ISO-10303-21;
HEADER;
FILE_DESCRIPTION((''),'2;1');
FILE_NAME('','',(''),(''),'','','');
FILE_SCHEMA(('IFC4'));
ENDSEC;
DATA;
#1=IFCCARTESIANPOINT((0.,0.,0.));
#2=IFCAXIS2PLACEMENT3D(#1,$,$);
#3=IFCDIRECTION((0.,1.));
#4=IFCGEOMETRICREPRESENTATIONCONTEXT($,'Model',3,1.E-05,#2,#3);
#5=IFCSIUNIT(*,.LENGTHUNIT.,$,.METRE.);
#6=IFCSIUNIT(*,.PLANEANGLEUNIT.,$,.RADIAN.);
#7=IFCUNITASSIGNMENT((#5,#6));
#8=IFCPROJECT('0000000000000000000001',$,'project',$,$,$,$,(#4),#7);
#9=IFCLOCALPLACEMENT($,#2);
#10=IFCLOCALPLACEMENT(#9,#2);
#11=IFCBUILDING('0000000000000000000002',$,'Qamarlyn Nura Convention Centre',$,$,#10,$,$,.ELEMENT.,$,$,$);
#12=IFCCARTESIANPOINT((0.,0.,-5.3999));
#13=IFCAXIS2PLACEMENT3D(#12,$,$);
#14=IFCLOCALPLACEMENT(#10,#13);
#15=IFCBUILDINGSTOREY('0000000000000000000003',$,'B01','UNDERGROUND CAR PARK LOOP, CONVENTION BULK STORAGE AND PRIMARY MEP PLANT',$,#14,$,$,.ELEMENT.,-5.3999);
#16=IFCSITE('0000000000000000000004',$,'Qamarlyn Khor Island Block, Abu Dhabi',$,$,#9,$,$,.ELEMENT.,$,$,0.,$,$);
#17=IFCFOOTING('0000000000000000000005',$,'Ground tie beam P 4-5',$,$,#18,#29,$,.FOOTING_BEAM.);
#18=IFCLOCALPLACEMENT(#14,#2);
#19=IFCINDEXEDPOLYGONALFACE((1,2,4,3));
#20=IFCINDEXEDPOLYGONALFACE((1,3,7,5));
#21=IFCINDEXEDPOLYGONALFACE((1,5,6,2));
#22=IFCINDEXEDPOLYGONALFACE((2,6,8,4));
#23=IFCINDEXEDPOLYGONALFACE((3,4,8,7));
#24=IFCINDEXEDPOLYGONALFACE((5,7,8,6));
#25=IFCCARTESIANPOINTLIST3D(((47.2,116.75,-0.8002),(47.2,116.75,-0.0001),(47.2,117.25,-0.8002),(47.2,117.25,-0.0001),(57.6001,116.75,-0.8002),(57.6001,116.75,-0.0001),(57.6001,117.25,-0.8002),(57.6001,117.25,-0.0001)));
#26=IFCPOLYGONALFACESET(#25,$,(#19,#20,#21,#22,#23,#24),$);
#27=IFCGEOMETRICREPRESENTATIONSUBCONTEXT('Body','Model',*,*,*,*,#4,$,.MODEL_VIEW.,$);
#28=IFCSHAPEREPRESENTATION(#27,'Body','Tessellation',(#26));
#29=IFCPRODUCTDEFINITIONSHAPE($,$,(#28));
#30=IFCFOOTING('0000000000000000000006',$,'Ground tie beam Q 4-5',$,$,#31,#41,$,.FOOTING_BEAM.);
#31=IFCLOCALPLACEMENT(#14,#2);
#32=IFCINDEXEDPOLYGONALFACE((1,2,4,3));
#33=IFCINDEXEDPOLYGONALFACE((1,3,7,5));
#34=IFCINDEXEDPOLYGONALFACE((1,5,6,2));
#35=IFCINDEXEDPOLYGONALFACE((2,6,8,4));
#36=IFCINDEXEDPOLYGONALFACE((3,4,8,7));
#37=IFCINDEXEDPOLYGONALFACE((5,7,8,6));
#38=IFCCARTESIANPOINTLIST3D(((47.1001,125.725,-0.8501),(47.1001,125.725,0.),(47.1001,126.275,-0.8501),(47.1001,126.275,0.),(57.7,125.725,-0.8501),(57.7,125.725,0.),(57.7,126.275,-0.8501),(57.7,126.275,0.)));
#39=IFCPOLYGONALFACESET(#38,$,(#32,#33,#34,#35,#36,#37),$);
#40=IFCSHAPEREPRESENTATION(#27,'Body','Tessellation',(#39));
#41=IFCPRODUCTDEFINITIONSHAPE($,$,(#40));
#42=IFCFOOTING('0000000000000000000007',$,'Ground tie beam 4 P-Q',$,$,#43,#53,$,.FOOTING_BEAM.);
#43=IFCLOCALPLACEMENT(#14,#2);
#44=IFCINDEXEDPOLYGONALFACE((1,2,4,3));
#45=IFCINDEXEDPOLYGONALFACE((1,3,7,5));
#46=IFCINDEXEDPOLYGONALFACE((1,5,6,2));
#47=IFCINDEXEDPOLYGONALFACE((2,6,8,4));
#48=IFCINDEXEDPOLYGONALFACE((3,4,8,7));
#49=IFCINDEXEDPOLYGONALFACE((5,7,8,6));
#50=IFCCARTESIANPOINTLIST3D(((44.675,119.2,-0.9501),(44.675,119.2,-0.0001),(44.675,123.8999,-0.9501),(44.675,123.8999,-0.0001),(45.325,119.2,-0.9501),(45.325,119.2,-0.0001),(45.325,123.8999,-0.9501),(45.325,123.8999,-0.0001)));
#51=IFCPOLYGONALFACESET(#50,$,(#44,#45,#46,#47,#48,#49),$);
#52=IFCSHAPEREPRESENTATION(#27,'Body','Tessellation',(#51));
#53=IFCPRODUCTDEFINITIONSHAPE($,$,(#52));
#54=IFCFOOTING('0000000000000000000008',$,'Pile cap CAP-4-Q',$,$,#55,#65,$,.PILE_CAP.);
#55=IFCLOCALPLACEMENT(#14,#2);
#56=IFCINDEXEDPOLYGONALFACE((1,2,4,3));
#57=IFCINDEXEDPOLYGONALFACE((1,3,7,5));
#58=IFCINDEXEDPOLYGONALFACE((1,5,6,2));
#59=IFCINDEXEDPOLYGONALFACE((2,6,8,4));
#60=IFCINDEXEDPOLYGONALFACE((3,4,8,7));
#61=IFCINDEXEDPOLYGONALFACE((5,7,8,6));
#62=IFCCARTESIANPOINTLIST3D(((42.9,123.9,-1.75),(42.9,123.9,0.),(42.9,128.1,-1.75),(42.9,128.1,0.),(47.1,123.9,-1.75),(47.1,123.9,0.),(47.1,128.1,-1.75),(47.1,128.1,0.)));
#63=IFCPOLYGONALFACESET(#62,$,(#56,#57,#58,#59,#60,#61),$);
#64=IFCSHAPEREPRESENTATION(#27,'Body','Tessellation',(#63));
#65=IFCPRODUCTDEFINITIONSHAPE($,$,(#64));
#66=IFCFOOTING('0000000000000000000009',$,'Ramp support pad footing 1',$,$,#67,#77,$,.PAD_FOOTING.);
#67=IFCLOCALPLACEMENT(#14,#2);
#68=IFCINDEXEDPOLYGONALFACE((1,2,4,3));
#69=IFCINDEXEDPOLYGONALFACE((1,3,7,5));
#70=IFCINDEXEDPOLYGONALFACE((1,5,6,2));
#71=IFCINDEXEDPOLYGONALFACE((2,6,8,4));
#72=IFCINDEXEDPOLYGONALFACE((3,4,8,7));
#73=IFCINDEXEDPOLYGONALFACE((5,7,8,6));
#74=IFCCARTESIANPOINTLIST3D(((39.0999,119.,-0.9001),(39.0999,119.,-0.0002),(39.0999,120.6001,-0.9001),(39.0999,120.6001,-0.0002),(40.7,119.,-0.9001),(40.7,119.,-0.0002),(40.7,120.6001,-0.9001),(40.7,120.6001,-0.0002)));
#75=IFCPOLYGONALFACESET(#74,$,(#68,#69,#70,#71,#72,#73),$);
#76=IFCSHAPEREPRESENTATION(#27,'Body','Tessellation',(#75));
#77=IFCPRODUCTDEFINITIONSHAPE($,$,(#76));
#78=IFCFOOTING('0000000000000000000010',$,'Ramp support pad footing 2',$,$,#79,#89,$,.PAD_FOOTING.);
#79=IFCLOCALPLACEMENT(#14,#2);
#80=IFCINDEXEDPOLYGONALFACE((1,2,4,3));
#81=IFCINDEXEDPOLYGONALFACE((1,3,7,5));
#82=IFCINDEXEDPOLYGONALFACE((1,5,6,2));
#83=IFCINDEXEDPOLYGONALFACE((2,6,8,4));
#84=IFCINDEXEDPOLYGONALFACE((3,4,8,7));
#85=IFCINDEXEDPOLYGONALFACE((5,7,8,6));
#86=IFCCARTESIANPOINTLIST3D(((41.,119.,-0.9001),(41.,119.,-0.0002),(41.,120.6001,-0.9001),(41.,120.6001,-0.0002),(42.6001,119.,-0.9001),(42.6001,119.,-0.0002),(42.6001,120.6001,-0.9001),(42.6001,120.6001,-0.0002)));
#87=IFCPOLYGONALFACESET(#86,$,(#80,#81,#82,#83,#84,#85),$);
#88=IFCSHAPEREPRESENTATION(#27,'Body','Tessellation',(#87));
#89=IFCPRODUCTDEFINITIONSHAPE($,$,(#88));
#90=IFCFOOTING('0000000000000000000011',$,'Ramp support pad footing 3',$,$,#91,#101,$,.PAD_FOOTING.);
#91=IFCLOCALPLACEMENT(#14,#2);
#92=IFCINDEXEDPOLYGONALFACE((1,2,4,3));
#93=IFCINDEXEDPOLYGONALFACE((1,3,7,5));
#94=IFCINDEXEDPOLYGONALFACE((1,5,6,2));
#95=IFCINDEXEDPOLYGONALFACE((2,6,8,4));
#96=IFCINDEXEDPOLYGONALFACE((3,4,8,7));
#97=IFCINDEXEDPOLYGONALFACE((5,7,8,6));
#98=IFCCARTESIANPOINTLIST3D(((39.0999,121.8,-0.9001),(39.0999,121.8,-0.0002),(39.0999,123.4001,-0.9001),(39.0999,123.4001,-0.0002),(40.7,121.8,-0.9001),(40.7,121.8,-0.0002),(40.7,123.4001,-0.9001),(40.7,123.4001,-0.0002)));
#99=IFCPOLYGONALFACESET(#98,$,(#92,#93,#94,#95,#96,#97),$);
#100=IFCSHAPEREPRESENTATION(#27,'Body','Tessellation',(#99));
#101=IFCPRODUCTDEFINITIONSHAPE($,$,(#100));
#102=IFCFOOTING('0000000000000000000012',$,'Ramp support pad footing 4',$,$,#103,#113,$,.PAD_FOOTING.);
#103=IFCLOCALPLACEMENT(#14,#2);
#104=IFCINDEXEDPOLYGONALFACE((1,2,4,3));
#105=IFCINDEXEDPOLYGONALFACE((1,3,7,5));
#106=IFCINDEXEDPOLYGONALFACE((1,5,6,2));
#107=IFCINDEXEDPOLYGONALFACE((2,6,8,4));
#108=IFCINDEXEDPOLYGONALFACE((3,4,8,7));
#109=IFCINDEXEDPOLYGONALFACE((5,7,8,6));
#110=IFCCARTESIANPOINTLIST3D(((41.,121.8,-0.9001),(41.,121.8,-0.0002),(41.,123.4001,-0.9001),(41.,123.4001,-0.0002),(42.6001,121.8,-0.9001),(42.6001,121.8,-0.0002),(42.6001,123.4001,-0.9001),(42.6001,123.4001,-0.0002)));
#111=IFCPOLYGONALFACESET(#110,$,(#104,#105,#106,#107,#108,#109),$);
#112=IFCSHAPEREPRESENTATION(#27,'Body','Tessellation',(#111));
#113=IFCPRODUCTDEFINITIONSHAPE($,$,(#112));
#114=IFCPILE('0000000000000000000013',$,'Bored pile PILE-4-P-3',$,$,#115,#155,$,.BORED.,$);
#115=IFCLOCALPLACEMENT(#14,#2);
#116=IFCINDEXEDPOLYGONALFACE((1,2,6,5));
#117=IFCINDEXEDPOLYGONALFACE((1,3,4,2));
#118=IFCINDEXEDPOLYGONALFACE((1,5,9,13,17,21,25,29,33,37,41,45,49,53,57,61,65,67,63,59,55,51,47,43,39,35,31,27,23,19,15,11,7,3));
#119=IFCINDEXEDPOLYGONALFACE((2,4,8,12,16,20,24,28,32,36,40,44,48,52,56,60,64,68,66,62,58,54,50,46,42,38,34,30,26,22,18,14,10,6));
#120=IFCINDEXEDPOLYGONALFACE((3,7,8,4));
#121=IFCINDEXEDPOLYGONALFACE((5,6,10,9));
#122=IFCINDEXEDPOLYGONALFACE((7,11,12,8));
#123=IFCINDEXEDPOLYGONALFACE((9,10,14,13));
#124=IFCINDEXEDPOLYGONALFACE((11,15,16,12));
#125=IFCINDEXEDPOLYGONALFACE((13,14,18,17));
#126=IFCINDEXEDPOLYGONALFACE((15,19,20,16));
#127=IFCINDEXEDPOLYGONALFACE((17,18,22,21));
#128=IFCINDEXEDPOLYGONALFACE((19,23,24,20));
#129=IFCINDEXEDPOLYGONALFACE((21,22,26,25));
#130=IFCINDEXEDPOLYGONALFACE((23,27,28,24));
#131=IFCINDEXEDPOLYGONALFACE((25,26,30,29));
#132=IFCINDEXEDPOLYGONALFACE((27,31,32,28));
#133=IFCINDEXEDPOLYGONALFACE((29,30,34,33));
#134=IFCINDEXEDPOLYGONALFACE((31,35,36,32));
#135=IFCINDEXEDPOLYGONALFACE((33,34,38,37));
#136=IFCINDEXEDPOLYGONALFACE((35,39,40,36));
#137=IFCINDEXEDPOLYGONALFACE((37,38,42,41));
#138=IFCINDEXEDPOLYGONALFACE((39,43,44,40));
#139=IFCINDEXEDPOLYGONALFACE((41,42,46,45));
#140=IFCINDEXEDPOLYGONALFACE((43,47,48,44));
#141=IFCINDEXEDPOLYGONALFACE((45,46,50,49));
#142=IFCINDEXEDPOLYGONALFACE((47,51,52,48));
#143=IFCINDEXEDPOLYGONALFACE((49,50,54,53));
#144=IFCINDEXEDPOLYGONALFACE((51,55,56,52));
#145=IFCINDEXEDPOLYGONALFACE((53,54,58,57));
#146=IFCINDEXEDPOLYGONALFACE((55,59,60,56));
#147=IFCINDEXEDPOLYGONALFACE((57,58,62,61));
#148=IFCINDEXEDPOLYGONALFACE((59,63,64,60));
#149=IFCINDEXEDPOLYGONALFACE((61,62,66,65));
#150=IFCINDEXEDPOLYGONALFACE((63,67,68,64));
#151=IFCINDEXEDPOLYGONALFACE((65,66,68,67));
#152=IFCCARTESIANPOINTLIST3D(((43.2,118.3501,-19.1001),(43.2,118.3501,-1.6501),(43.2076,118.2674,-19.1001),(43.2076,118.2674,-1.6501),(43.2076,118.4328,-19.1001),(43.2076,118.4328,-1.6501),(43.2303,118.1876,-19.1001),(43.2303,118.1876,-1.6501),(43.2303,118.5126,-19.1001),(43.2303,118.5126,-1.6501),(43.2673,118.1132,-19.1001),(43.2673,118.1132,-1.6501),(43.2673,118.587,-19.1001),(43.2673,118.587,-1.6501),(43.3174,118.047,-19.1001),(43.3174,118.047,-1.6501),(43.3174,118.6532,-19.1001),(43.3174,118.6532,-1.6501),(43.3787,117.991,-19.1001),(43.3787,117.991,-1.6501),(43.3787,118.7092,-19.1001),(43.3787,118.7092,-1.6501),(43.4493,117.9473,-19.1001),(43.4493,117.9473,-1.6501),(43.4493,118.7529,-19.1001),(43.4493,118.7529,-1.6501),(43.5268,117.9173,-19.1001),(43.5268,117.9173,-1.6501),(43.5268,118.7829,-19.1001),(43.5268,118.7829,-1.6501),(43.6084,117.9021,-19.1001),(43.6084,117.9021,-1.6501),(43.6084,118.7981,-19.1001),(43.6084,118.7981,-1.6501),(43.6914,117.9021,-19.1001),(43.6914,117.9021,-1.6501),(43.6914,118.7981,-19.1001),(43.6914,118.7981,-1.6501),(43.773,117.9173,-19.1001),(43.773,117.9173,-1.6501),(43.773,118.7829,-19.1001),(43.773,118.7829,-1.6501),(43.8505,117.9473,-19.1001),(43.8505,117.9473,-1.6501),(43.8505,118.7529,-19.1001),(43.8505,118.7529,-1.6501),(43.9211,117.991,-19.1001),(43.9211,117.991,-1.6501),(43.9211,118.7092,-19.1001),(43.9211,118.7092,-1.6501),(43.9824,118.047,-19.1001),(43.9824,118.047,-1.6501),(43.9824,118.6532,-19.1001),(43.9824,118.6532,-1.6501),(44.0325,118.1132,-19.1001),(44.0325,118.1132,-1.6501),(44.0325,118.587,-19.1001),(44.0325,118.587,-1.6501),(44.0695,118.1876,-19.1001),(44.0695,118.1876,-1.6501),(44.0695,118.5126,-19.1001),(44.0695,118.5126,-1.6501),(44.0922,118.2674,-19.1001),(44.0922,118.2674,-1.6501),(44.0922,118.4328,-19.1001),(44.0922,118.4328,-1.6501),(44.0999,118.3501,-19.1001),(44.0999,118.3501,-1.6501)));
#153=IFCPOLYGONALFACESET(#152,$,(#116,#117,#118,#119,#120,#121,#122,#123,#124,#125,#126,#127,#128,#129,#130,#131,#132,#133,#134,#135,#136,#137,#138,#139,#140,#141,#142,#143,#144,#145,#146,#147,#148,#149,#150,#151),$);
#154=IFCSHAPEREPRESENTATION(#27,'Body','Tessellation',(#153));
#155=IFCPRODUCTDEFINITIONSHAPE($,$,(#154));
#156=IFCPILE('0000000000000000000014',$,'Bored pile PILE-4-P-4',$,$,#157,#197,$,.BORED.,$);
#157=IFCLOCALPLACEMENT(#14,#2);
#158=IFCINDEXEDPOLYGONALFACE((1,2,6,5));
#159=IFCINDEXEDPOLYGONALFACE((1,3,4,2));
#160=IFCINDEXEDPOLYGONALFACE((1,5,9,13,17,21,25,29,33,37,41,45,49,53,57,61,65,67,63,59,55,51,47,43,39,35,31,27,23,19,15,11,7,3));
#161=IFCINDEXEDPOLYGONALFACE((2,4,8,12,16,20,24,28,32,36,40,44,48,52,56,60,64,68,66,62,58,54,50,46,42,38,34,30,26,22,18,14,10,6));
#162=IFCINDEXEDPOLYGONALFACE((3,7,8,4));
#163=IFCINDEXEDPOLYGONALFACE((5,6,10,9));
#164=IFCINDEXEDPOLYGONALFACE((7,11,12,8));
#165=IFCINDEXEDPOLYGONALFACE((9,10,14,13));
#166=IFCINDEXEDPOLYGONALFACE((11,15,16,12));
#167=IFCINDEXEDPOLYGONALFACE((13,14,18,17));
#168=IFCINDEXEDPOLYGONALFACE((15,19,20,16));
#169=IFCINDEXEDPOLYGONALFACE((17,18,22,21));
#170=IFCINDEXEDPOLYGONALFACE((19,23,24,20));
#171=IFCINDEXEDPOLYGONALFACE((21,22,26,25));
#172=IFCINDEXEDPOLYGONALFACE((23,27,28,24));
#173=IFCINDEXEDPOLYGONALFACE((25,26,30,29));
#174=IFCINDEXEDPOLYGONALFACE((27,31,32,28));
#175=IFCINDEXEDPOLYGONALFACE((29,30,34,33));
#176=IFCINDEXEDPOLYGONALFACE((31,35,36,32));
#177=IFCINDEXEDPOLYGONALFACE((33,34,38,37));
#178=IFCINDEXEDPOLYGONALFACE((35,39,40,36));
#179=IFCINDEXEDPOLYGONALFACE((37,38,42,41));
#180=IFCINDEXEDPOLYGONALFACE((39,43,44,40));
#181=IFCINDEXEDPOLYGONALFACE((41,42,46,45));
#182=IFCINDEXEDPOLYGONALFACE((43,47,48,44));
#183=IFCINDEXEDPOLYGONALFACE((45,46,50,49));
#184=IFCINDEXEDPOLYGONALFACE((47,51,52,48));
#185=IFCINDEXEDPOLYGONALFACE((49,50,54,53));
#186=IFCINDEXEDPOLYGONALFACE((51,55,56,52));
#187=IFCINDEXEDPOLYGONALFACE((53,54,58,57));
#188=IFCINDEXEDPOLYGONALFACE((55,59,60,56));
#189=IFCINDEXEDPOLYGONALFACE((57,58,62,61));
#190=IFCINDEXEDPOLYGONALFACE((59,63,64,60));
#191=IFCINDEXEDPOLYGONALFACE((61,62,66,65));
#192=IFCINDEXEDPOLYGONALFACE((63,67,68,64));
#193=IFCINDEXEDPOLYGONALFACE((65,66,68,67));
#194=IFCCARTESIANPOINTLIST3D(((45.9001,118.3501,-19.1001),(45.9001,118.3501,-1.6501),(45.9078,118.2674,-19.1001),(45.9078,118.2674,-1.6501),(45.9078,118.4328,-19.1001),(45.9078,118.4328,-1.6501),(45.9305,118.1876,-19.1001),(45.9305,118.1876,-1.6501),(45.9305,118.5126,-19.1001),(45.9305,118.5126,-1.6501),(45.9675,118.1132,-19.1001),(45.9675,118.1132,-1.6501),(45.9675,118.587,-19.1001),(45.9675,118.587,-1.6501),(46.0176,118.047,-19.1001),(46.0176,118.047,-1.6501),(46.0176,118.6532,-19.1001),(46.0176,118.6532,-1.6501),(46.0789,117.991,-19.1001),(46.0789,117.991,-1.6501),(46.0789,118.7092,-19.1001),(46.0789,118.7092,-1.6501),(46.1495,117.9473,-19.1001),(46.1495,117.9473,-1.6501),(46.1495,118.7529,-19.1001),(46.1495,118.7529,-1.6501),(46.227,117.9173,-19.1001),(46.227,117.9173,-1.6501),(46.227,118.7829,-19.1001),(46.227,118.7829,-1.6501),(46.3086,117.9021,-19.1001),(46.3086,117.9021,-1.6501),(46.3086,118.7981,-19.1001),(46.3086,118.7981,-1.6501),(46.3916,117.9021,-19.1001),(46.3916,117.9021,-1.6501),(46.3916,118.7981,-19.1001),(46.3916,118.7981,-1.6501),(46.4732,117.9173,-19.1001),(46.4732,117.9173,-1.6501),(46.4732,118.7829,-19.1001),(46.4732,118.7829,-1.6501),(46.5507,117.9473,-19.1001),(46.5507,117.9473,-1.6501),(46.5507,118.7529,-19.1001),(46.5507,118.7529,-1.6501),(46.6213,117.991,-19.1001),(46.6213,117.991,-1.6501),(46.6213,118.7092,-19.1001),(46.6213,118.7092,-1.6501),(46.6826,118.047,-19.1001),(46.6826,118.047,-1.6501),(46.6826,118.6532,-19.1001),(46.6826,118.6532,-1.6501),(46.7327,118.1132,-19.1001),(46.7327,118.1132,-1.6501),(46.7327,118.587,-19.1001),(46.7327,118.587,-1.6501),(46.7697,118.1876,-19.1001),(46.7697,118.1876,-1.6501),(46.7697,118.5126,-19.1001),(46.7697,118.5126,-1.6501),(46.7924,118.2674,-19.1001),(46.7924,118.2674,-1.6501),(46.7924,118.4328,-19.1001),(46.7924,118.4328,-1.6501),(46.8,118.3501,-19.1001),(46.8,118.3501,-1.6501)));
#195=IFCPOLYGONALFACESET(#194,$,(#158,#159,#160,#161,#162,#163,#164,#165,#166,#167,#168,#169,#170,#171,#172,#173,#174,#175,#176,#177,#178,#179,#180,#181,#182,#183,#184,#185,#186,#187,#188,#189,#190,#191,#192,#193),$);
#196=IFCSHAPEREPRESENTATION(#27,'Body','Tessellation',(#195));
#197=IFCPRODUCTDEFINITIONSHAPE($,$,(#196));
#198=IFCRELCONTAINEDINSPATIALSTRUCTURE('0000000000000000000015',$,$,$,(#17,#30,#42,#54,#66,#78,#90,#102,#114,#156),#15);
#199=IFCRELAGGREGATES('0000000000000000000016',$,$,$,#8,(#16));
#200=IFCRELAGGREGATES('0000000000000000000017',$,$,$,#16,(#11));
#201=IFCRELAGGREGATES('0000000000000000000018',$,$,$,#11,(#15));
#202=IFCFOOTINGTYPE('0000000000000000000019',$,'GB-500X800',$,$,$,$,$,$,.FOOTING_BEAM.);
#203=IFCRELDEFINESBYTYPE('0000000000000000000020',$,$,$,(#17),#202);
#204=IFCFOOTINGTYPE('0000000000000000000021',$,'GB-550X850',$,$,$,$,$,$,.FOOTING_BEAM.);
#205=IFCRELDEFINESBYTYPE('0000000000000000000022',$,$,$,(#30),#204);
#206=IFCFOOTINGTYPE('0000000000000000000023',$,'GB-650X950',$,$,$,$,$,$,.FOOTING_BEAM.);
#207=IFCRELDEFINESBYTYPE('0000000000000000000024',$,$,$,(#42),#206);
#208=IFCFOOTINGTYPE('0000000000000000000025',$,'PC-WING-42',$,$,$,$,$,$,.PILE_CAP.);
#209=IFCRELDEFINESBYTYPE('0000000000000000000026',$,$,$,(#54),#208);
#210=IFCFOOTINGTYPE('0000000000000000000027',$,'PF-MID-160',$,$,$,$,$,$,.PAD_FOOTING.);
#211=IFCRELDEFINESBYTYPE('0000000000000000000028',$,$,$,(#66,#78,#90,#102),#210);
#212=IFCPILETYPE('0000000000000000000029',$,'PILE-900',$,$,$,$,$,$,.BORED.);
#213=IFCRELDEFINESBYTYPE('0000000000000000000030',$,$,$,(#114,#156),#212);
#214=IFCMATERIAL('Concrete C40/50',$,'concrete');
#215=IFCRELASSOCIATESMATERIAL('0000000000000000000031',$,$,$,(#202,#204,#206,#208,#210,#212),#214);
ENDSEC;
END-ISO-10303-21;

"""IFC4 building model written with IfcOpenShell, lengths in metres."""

from ifc_helpers import new_model, si_unit, direction, frame, origin, origin_2d, place, context, subcontext, project, spatial, rectangle, circle, extrude, material, material_profile, profile_set, type_object, element, save


model = new_model("IFC4")

# Units and contexts
model_context = context("Model", 3, precision=1e-05, world=origin(), true_north=direction((0.0, 1.0)))
body_context = subcontext(model_context, "Body", "Model", "MODEL_VIEW")
ifc_project = project(units=[si_unit("LENGTHUNIT", "METRE"), si_unit("PLANEANGLEUNIT", "RADIAN")], contexts=[model_context])

# Site, building, storey
site_placement = place(None, origin())
site = spatial("IfcSite", under=ifc_project, at=site_placement, Name="Qamarlyn Khor Island Block, Abu Dhabi", CompositionType="ELEMENT", RefElevation=0.0)
building_placement = place(site_placement, origin())
building = spatial("IfcBuilding", under=site, at=building_placement, Name="Qamarlyn Nura Convention Centre", CompositionType="ELEMENT")
storey_placement = place(building_placement, frame((0.0, 0.0, -5.3999)))
storey = spatial("IfcBuildingStorey", under=building, at=storey_placement, Name="B01", Description="UNDERGROUND CAR PARK LOOP, CONVENTION BULK STORAGE AND PRIMARY MEP PLANT", CompositionType="ELEMENT", Elevation=-5.3999)

# Footings
ifc_material_1 = material(Name="Concrete C40/50", Category="concrete")
ifc_material_profile_1 = material_profile(ifc_material_1, rectangle(XDim=0.5, YDim=0.8, at=origin_2d()), Name="RC GB 500x800")
ifc_profile_set_1 = profile_set([ifc_material_profile_1], Name="Concrete C40/50")
footing_type_1 = type_object("IfcFootingType", Name="GB-500X800", PredefinedType="FOOTING_BEAM", material=ifc_profile_set_1)
footing_1_placement = place(storey_placement, frame((47.2, 117.0, -0.4001), z_axis=(1.0, 0.0, 0.0), x_axis=(0.0, 1.0, 0.0)))
element("IfcFooting", 1, at=footing_1_placement, inside=storey, type_object=footing_type_1, Name="Ground tie beam P 4-5", PredefinedType="FOOTING_BEAM", context=body_context, shape_type="SweptSolid", body=[
    extrude(rectangle(XDim=0.5, YDim=0.8, at=origin_2d()), origin(), (0.0, 0.0, 1.0), 10.4001),
])
ifc_material_profile_2 = material_profile(ifc_material_1, rectangle(XDim=0.55, YDim=0.8501, at=origin_2d()), Name="RC GB 550x850")
ifc_profile_set_2 = profile_set([ifc_material_profile_2], Name="Concrete C40/50")
footing_type_2 = type_object("IfcFootingType", Name="GB-550X850", PredefinedType="FOOTING_BEAM", material=ifc_profile_set_2)
footing_2_placement = place(storey_placement, frame((47.1001, 126.0, -0.425), z_axis=(1.0, 0.0, 0.0), x_axis=(0.0, 1.0, 0.0)))
element("IfcFooting", 2, at=footing_2_placement, inside=storey, type_object=footing_type_2, Name="Ground tie beam Q 4-5", PredefinedType="FOOTING_BEAM", context=body_context, shape_type="SweptSolid", body=[
    extrude(rectangle(XDim=0.55, YDim=0.8501, at=origin_2d()), origin(), (0.0, 0.0, 1.0), 10.5999),
])
ifc_material_profile_3 = material_profile(ifc_material_1, rectangle(XDim=0.6499, YDim=0.95, at=origin_2d()), Name="RC GB 650x950")
ifc_profile_set_3 = profile_set([ifc_material_profile_3], Name="Concrete C40/50")
footing_type_3 = type_object("IfcFootingType", Name="GB-650X950", PredefinedType="FOOTING_BEAM", material=ifc_profile_set_3)
footing_3_placement = place(storey_placement, frame((45.0, 119.2, -0.4751), z_axis=(0.0, 1.0, 0.0), x_axis=(-1.0, 0.0, 0.0)))
element("IfcFooting", 3, at=footing_3_placement, inside=storey, type_object=footing_type_3, Name="Ground tie beam 4 P-Q", PredefinedType="FOOTING_BEAM", context=body_context, shape_type="SweptSolid", body=[
    extrude(rectangle(XDim=0.6499, YDim=0.95, at=origin_2d()), origin(), (0.0, 0.0, 1.0), 4.7),
])
footing_type_4 = type_object("IfcFootingType", Name="PC-WING-42", PredefinedType="PILE_CAP", material=ifc_material_1)
footing_4_placement = place(storey_placement, frame((45.0, 126.0, -1.75), z_axis=(0.0, 0.0, 1.0), x_axis=(1.0, 0.0, 0.0)))
element("IfcFooting", 4, at=footing_4_placement, inside=storey, type_object=footing_type_4, Name="Pile cap CAP-4-Q", PredefinedType="PILE_CAP", context=body_context, shape_type="SweptSolid", body=[
    extrude(rectangle(XDim=4.2, YDim=4.2, at=origin_2d()), origin(), (0.0, 0.0, 1.0), 1.75),
])
footing_type_5 = type_object("IfcFootingType", Name="PF-MID-160", PredefinedType="PAD_FOOTING", material=ifc_material_1)
for number, where, z_axis, x_axis, name in (
    (5, (39.8999, 119.8, -0.9001), (0.0, 0.0, 1.0), (1.0, 0.0, 0.0), "Ramp support pad footing 1"),
    (6, (41.8, 119.8, -0.9001), (0.0, 0.0, 1.0), (1.0, 0.0, 0.0), "Ramp support pad footing 2"),
    (7, (39.8999, 122.6001, -0.9001), (0.0, 0.0, 1.0), (1.0, 0.0, 0.0), "Ramp support pad footing 3"),
    (8, (41.8, 122.6001, -0.9001), (0.0, 0.0, 1.0), (1.0, 0.0, 0.0), "Ramp support pad footing 4"),
):
    element("IfcFooting", number, at=place(storey_placement, frame(where, z_axis=z_axis, x_axis=x_axis)), inside=storey, type_object=footing_type_5, Name=name, PredefinedType="PAD_FOOTING", context=body_context, shape_type="SweptSolid", body=[
        extrude(rectangle(XDim=1.6001, YDim=1.6001, at=origin_2d()), origin(), (0.0, 0.0, 1.0), 0.8999),
    ])

# Piles
ifc_material_profile_4 = material_profile(ifc_material_1, circle(Radius=0.45, at=origin_2d()), Name="BORED PILE 900")
ifc_profile_set_4 = profile_set([ifc_material_profile_4], Name="Concrete C40/50")
pile_type = type_object("IfcPileType", Name="PILE-900", PredefinedType="BORED", material=ifc_profile_set_4)
for number, where, z_axis, x_axis, name in (
    (9, (43.6499, 118.3501, -1.6501), (0.0, 0.0, -1.0), (1.0, 0.0, 0.0), "Bored pile PILE-4-P-3"),
    (10, (46.3501, 118.3501, -1.6501), (0.0, 0.0, -1.0), (1.0, 0.0, 0.0), "Bored pile PILE-4-P-4"),
):
    element("IfcPile", number, at=place(storey_placement, frame(where, z_axis=z_axis, x_axis=x_axis)), inside=storey, type_object=pile_type, Name=name, PredefinedType="BORED", context=body_context, shape_type="SweptSolid", body=[
        extrude(circle(Radius=0.45, at=origin_2d()), origin(), (0.0, 0.0, 1.0), 17.45),
    ])

save(model, "model.ifc")
